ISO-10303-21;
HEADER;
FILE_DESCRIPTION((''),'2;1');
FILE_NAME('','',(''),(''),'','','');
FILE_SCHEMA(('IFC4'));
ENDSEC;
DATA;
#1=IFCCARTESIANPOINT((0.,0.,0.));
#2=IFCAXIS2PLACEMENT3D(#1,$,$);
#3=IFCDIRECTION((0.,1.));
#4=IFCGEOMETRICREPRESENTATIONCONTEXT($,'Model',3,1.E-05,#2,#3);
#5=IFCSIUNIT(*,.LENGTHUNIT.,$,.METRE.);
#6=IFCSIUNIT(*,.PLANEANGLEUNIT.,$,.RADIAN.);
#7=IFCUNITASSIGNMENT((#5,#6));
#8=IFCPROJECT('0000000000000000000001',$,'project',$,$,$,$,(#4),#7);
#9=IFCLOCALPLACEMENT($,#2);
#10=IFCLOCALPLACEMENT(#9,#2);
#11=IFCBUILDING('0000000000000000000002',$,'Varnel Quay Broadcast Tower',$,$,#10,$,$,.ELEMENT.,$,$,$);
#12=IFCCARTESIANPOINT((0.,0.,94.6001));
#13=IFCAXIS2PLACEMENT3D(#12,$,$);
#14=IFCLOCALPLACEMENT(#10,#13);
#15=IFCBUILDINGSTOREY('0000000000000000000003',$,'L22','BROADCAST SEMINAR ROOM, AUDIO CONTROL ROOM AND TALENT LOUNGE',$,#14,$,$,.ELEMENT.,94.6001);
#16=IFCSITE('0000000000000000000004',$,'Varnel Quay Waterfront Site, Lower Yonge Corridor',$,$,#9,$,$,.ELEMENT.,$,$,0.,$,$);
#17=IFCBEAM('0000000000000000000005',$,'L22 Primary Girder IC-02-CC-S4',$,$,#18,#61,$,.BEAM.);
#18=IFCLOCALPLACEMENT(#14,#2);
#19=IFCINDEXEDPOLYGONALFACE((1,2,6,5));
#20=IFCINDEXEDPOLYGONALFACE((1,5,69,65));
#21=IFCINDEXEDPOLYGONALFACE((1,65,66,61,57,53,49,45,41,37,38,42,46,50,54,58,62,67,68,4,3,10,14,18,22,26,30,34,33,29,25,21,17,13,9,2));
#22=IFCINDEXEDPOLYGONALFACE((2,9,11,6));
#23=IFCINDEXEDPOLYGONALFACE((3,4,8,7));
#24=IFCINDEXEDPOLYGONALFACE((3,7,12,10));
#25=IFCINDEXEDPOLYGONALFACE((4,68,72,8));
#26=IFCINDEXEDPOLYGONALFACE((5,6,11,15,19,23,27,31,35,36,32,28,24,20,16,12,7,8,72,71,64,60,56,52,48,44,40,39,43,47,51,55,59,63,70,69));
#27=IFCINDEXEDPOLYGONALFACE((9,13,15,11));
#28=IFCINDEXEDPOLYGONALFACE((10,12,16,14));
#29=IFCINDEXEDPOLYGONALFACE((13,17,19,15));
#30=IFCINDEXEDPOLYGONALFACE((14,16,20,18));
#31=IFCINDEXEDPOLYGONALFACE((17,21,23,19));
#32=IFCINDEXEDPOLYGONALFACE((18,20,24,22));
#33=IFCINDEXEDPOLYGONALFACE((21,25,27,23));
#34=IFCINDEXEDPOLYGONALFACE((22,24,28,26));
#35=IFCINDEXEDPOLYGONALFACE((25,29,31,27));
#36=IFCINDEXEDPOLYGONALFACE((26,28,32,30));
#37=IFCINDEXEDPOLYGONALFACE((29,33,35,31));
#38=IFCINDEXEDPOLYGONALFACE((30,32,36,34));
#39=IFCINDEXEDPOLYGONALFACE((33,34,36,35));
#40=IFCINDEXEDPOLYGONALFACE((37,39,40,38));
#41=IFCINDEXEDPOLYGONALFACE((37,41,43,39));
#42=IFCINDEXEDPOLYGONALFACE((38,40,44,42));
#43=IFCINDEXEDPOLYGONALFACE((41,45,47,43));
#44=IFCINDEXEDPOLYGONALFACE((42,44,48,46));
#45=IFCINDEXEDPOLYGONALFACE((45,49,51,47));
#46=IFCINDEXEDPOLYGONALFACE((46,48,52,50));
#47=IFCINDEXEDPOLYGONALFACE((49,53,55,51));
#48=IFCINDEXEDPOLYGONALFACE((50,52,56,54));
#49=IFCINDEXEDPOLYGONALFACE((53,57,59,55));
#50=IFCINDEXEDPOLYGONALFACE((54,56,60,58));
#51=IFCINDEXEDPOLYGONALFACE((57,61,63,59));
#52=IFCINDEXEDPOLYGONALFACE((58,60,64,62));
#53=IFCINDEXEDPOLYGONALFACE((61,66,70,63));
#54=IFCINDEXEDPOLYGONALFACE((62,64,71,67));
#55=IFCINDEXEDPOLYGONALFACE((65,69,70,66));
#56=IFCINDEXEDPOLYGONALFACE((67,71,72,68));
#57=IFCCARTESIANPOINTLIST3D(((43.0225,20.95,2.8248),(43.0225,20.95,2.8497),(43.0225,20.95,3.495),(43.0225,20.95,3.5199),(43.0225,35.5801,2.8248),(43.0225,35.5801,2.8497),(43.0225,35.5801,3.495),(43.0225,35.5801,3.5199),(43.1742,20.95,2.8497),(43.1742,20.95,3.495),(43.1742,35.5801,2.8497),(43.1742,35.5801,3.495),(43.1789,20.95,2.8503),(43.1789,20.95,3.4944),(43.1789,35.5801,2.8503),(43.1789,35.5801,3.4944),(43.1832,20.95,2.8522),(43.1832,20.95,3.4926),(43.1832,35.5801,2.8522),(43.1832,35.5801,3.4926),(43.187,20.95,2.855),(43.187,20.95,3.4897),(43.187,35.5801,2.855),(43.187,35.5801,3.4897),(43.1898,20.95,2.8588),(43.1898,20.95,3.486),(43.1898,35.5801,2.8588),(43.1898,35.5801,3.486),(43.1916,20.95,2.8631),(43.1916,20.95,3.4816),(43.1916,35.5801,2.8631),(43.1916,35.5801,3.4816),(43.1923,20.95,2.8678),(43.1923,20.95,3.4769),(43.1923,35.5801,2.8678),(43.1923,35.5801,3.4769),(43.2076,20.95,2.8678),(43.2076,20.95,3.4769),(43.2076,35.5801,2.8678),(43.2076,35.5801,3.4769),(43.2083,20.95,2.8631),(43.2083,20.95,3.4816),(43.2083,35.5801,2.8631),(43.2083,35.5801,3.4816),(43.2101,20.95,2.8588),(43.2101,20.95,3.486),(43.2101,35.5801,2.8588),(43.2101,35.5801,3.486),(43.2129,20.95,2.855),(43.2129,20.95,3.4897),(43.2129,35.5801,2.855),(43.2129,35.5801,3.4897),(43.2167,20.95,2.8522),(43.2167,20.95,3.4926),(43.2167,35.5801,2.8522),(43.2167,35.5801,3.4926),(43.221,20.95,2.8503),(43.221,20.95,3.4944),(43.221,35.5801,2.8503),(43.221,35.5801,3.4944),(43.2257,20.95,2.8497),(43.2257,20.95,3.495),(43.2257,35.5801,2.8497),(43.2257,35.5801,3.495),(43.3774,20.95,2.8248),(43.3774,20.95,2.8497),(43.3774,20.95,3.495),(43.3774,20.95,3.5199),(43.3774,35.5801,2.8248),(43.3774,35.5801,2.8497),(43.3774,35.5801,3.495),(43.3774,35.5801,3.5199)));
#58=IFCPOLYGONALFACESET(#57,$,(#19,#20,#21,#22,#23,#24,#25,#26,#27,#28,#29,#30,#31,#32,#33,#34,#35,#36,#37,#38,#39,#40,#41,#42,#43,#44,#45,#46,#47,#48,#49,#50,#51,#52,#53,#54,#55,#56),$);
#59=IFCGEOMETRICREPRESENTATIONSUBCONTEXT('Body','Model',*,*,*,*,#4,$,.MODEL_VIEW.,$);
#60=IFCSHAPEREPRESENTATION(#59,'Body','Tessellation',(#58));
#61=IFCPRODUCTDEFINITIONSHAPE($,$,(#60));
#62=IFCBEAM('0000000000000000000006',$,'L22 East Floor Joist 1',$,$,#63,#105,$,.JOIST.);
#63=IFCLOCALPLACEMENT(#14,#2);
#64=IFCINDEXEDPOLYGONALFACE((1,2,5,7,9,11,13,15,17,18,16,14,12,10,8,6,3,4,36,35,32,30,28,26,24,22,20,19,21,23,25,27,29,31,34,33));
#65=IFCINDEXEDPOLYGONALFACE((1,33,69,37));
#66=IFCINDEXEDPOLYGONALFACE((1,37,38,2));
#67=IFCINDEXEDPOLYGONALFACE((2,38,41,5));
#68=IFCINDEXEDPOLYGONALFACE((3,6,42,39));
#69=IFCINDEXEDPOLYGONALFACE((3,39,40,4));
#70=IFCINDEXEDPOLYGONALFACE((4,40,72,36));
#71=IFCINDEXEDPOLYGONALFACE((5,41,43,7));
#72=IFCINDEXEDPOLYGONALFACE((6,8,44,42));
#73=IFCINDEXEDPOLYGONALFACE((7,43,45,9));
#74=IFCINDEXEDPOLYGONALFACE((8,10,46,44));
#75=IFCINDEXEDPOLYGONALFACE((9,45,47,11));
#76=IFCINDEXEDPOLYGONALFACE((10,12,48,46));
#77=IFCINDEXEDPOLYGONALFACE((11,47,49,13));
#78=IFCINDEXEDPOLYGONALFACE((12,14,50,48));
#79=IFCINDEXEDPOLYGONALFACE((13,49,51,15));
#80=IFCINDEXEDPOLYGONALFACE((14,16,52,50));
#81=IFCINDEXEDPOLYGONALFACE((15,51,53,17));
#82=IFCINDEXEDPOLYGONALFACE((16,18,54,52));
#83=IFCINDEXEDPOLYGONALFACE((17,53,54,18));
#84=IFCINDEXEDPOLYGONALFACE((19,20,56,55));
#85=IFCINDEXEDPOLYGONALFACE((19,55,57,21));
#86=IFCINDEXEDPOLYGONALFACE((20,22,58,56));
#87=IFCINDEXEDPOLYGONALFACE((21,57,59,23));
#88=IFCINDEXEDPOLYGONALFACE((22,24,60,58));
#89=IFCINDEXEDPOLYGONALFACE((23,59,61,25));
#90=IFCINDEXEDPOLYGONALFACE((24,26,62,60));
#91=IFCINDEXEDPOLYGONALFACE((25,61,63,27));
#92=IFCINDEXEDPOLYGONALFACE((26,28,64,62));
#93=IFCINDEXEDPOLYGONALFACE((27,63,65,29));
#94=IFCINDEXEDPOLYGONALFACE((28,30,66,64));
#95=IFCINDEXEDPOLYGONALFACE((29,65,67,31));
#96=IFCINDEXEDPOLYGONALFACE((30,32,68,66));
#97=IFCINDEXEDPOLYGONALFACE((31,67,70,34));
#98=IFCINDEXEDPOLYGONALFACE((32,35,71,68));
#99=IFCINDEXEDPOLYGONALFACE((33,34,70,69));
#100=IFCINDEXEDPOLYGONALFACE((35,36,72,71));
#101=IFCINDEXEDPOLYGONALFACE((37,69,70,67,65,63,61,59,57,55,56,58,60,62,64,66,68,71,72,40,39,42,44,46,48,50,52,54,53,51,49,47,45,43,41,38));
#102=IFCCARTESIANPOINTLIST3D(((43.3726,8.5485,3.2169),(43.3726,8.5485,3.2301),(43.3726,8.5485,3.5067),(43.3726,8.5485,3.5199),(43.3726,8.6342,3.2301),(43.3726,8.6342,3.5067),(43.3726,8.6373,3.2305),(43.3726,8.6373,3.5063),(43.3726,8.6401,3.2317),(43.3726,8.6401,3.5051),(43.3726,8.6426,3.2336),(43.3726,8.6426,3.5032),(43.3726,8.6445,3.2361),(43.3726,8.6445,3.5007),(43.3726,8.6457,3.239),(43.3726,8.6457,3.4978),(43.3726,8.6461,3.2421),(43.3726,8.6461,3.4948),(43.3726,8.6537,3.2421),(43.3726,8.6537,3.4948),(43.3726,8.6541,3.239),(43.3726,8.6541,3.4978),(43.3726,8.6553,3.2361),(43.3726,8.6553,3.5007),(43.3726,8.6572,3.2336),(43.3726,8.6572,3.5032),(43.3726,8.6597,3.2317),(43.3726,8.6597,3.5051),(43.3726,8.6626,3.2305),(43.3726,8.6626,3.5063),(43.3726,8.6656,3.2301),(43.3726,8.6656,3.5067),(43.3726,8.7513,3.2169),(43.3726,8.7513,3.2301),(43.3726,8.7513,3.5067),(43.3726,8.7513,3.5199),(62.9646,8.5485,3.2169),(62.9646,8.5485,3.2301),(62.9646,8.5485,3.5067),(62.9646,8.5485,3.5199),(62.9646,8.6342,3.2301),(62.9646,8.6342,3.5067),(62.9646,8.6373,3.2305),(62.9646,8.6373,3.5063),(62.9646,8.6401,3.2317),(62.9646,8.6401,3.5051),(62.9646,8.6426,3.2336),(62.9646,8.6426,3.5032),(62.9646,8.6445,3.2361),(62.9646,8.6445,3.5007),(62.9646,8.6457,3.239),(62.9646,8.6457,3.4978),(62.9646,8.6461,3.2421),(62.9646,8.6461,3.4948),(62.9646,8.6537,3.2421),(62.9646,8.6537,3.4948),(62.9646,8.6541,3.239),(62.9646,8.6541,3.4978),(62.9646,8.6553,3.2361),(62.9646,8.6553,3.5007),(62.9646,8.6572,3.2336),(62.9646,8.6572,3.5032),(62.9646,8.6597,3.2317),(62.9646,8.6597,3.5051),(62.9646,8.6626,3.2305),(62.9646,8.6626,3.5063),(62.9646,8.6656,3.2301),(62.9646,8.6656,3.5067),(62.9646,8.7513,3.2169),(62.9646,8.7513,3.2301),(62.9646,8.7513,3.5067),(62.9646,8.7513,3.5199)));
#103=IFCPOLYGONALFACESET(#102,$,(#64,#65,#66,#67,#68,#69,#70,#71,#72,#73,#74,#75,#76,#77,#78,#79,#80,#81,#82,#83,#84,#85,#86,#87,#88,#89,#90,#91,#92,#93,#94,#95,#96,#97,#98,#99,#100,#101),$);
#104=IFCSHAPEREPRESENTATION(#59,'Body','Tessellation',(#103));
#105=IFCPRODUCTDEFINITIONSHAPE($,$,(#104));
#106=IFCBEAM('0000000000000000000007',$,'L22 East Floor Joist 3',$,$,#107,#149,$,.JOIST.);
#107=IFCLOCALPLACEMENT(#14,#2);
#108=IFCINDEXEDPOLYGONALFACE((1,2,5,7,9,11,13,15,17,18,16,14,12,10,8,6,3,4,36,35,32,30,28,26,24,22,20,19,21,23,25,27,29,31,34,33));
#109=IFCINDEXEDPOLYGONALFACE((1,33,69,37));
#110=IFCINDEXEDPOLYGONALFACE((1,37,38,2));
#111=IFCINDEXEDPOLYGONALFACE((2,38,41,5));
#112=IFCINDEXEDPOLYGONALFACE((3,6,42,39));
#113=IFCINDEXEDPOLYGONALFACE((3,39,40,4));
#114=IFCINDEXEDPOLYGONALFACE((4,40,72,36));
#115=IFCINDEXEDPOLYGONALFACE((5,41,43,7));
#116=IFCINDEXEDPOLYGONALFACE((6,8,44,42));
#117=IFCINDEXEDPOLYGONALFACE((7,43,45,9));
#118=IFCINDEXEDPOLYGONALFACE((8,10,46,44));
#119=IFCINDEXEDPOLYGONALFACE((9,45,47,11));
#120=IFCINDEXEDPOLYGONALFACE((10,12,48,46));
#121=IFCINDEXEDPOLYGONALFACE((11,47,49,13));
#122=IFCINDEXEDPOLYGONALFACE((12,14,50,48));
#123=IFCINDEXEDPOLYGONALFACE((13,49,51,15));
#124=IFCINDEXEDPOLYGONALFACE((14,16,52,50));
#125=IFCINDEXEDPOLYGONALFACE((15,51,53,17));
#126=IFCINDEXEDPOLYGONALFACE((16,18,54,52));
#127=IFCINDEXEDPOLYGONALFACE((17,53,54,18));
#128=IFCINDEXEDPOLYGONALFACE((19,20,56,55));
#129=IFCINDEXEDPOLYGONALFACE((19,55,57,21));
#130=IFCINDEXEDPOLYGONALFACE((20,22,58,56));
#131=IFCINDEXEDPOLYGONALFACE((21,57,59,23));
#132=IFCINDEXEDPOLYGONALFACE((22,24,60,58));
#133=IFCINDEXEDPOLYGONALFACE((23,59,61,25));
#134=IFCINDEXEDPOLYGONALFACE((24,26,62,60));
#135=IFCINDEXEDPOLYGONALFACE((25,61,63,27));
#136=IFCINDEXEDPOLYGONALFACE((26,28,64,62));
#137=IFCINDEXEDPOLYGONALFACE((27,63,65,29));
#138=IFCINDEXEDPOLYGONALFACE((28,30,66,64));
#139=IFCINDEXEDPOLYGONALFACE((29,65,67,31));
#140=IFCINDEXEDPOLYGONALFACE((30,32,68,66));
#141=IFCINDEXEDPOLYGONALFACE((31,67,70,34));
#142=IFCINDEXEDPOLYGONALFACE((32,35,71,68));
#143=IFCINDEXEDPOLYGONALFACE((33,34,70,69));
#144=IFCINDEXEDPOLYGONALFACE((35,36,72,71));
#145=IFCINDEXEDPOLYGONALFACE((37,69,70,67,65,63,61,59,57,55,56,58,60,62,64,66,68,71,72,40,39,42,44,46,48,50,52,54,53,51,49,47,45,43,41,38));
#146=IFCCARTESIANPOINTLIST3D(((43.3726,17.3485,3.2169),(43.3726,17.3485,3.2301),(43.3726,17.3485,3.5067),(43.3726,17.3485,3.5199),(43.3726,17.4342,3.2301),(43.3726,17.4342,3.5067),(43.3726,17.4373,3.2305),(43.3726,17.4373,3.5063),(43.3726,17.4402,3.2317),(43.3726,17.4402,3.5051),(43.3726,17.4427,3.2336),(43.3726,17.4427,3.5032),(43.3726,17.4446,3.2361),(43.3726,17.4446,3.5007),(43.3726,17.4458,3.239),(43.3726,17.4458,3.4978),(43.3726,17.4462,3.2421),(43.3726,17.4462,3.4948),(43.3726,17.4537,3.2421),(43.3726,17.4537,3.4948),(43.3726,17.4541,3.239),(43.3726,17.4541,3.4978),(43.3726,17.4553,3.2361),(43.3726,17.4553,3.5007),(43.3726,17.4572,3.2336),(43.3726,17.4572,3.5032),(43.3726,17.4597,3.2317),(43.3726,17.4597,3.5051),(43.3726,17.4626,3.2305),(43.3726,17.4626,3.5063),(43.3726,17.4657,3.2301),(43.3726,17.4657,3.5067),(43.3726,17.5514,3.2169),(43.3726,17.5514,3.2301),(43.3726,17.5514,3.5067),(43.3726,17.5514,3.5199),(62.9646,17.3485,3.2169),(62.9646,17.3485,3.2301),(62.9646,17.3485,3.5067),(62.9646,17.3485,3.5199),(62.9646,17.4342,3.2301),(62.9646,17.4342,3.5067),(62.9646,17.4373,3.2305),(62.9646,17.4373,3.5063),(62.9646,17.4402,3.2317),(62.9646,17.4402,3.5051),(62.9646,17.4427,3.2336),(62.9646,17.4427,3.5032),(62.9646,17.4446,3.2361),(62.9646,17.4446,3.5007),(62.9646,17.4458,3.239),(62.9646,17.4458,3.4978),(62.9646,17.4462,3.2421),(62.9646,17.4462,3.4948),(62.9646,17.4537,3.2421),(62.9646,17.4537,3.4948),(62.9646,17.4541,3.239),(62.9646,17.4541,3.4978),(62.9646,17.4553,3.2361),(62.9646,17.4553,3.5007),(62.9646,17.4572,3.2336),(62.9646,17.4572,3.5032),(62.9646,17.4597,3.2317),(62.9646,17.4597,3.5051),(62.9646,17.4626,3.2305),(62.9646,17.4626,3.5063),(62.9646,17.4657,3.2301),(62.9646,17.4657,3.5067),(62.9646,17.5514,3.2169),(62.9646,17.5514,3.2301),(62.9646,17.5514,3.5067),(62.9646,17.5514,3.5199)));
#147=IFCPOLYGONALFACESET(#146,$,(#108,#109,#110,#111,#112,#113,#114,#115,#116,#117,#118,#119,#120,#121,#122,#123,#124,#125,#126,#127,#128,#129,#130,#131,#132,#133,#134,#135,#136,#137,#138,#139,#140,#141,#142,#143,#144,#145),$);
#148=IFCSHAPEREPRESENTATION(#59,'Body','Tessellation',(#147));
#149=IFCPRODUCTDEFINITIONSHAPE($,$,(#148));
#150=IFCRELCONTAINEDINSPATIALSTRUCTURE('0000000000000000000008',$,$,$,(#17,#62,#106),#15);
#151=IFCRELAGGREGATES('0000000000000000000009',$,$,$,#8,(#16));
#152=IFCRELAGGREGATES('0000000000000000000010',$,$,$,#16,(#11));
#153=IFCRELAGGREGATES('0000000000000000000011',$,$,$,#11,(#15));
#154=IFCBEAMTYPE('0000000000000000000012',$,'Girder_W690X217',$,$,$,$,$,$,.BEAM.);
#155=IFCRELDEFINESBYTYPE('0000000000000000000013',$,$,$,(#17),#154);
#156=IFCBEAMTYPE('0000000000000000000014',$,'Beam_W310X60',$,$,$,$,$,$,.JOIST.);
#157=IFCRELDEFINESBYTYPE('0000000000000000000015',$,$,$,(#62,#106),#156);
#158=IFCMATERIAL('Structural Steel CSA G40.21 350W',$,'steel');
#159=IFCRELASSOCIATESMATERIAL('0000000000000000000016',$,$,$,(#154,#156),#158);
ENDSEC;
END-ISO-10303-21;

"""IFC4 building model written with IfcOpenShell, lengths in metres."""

from ifc_helpers import new_model, si_unit, direction, frame, origin, origin_2d, place, context, subcontext, project, spatial, i_section, extrude, source, transform, mapped, material, material_profile, profile_set, type_object, type_shapes, element, save


model = new_model("IFC4")

# Units and contexts
model_context = context("Model", 3, precision=1e-05, world=origin(), true_north=direction((0.0, 1.0)))
body_context = subcontext(model_context, "Body", "Model", "MODEL_VIEW")
ifc_project = project(units=[si_unit("LENGTHUNIT", "METRE"), si_unit("PLANEANGLEUNIT", "RADIAN")], contexts=[model_context])

# Site, building, storey
site_placement = place(None, origin())
site = spatial("IfcSite", under=ifc_project, at=site_placement, Name="Varnel Quay Waterfront Site, Lower Yonge Corridor", CompositionType="ELEMENT", RefElevation=0.0)
building_placement = place(site_placement, origin())
building = spatial("IfcBuilding", under=site, at=building_placement, Name="Varnel Quay Broadcast Tower", CompositionType="ELEMENT")
storey_placement = place(building_placement, frame((0.0, 0.0, 94.6001)))
storey = spatial("IfcBuildingStorey", under=building, at=storey_placement, Name="L22", Description="BROADCAST SEMINAR ROOM, AUDIO CONTROL ROOM AND TALENT LOUNGE", CompositionType="ELEMENT", Elevation=94.6001)

# Shared definitions
ifc_material_1 = material(Name="Structural Steel CSA G40.21 350W", Category="steel")

# Beams
ifc_material_profile_1 = material_profile(ifc_material_1, i_section(OverallWidth=0.355, OverallDepth=0.6951, WebThickness=0.0154, FlangeThickness=0.0249, FilletRadius=0.0181, at=origin_2d()), Name="W690X217")
ifc_profile_set_1 = profile_set([ifc_material_profile_1], Name="Structural Steel CSA G40.21 350W")
beam_type_1 = type_object("IfcBeamType", Name="Girder_W690X217", PredefinedType="BEAM", material=ifc_profile_set_1)
shared_shape_1 = source(origin(), body_context, "Body", "SweptSolid", [
    extrude(i_section(OverallWidth=0.355, OverallDepth=0.6951, WebThickness=0.0154, FlangeThickness=0.0249, FilletRadius=0.0181, at=origin_2d()), origin(), (0.0, 0.0, 1.0), 14.6301),
])
beam_1_placement = place(storey_placement, frame((43.2, 20.95, 3.1724), z_axis=(0.0, 1.0, 0.0), x_axis=(-1.0, 0.0, 0.0)))
element("IfcBeam", 1, at=beam_1_placement, inside=storey, type_object=beam_type_1, Name="L22 Primary Girder IC-02-CC-S4", PredefinedType="BEAM", context=body_context, shape_type="MappedRepresentation", body=[
    mapped(shared_shape_1, transform((0.0, 0.0, 0.0), x_axis=(1.0, 0.0, 0.0), y_axis=(0.0, 1.0, 0.0), z_axis=(0.0, 0.0, 1.0), scale=1.0)),
])
ifc_material_profile_2 = material_profile(ifc_material_1, i_section(OverallWidth=0.2029, OverallDepth=0.303, WebThickness=0.0076, FlangeThickness=0.0132, FilletRadius=0.012, at=origin_2d()), Name="W310X60")
ifc_profile_set_2 = profile_set([ifc_material_profile_2], Name="Structural Steel CSA G40.21 350W")
beam_type_2 = type_object("IfcBeamType", Name="Beam_W310X60", PredefinedType="JOIST", material=ifc_profile_set_2)
shared_shape_2 = source(origin(), body_context, "Body", "SweptSolid", [
    extrude(i_section(OverallWidth=0.2029, OverallDepth=0.303, WebThickness=0.0076, FlangeThickness=0.0132, FilletRadius=0.012, at=origin_2d()), origin(), (0.0, 0.0, 1.0), 19.592),
])
type_shapes(beam_type_2, [shared_shape_2])
for number, where, z_axis, x_axis, name in (
    (2, (43.3726, 8.6499, 3.3684), (1.0, 0.0, 0.0), (0.0, 1.0, 0.0), "L22 East Floor Joist 1"),
    (3, (43.3726, 17.45, 3.3684), (1.0, 0.0, 0.0), (0.0, 1.0, 0.0), "L22 East Floor Joist 3"),
):
    element("IfcBeam", number, at=place(storey_placement, frame(where, z_axis=z_axis, x_axis=x_axis)), inside=storey, type_object=beam_type_2, Name=name, PredefinedType="JOIST", context=body_context, shape_type="MappedRepresentation", body=[
        mapped(shared_shape_2, transform((0.0, 0.0, 0.0), x_axis=(1.0, 0.0, 0.0), y_axis=(0.0, 1.0, 0.0), z_axis=(0.0, 0.0, 1.0), scale=1.0)),
    ])

save(model, "model.ifc")
